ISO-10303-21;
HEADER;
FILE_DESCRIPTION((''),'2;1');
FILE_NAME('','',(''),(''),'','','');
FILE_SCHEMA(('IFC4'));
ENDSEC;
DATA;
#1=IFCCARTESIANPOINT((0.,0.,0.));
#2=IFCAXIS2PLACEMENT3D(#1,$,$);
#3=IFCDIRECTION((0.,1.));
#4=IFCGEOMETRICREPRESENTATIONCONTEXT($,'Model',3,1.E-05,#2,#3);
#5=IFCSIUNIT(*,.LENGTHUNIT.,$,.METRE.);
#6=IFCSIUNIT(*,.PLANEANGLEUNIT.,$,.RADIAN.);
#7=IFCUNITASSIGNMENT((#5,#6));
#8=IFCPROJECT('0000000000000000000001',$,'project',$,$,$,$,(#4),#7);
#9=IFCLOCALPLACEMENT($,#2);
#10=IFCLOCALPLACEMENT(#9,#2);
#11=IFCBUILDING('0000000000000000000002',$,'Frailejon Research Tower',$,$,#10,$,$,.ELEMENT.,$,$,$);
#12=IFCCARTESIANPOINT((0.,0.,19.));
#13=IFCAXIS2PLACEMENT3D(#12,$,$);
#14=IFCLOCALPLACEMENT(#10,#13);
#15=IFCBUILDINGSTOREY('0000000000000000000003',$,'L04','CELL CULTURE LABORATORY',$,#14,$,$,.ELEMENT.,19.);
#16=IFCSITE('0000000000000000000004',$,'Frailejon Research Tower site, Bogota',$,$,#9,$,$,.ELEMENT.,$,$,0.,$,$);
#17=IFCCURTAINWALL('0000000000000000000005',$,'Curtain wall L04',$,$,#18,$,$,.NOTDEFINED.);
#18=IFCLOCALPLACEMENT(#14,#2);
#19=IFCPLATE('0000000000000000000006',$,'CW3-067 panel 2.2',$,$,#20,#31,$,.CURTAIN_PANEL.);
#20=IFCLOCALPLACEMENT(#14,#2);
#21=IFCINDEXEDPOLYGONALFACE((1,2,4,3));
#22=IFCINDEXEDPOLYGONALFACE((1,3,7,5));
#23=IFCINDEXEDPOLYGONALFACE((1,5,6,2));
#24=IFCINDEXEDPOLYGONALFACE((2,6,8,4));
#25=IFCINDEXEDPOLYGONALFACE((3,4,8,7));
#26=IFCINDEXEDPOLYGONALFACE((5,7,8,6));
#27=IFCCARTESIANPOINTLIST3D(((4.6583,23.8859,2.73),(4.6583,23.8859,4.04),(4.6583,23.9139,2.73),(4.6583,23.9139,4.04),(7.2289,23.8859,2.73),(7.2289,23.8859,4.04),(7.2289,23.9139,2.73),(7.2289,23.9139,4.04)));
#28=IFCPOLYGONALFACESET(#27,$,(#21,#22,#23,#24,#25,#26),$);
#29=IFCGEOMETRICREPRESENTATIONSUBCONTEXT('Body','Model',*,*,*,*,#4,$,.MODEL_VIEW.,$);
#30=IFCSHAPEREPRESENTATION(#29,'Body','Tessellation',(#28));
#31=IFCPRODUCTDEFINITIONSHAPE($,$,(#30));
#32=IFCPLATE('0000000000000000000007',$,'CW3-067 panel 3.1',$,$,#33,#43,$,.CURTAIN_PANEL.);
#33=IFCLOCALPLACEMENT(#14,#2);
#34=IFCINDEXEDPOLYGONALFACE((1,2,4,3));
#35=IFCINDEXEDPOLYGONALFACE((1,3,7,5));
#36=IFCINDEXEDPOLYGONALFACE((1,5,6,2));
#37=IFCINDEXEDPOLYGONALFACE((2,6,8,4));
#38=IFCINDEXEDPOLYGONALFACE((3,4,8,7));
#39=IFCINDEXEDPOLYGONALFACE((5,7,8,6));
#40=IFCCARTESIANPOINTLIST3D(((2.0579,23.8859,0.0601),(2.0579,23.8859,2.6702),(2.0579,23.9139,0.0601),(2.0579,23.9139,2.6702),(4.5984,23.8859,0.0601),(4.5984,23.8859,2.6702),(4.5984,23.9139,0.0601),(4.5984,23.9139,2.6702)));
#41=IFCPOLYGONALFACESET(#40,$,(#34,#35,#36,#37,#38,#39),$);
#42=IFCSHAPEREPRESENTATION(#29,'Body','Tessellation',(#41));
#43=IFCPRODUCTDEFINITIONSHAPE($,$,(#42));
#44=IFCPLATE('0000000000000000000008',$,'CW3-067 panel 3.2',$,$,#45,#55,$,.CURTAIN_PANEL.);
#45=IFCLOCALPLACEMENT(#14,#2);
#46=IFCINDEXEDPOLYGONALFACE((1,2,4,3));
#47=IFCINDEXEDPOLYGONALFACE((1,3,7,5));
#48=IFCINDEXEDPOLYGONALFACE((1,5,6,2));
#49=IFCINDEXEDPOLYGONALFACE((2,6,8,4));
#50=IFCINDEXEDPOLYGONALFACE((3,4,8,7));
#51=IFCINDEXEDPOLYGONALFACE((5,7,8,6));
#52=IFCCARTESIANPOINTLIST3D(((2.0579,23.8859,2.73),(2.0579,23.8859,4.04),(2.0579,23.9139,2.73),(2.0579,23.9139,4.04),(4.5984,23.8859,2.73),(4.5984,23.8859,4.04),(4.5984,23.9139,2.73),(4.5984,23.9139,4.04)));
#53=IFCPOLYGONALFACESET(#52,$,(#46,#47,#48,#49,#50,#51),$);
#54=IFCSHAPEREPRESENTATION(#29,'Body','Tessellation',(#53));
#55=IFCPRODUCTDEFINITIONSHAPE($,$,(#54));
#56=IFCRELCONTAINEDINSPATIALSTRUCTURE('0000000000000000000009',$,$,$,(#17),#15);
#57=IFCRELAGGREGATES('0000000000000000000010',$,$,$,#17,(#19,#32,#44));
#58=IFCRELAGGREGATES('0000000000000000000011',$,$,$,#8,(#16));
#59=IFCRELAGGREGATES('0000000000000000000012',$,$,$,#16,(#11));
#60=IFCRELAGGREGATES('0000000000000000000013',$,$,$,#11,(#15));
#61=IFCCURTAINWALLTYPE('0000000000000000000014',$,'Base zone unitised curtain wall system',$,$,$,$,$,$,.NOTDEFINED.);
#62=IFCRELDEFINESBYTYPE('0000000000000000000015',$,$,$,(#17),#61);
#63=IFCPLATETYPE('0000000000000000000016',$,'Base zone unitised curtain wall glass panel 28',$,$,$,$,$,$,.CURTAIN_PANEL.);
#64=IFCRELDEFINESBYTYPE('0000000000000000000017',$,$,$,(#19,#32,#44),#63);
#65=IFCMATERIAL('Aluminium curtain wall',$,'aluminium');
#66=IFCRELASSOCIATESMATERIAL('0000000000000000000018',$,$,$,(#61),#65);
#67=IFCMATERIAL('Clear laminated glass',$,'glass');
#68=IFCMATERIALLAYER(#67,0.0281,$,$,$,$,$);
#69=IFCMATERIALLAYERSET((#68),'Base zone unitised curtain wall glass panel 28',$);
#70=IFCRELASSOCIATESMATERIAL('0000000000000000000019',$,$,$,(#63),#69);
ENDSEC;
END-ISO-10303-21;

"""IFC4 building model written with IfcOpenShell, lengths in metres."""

from ifc_helpers import new_model, si_unit, direction, frame, origin, origin_2d, place, context, subcontext, project, spatial, rectangle, extrude, material, layer, layer_set, type_object, element, aggregate, save


model = new_model("IFC4")

# Units and contexts
model_context = context("Model", 3, precision=1e-05, world=origin(), true_north=direction((0.0, 1.0)))
body_context = subcontext(model_context, "Body", "Model", "MODEL_VIEW")
ifc_project = project(units=[si_unit("LENGTHUNIT", "METRE"), si_unit("PLANEANGLEUNIT", "RADIAN")], contexts=[model_context])

# Site, building, storey
site_placement = place(None, origin())
site = spatial("IfcSite", under=ifc_project, at=site_placement, Name="Frailejon Research Tower site, Bogota", CompositionType="ELEMENT", RefElevation=0.0)
building_placement = place(site_placement, origin())
building = spatial("IfcBuilding", under=site, at=building_placement, Name="Frailejon Research Tower", CompositionType="ELEMENT")
storey_placement = place(building_placement, frame((0.0, 0.0, 19.0)))
storey = spatial("IfcBuildingStorey", under=building, at=storey_placement, Name="L04", Description="CELL CULTURE LABORATORY", CompositionType="ELEMENT", Elevation=19.0)

# Curtain wall
ifc_material_1 = material(Name="Aluminium curtain wall", Category="aluminium")
curtain_wall_type = type_object("IfcCurtainWallType", Name="Base zone unitised curtain wall system", PredefinedType="NOTDEFINED", material=ifc_material_1)
curtain_wall_placement = place(storey_placement, origin())
curtain_wall = element("IfcCurtainWall", 1, at=curtain_wall_placement, inside=storey, type_object=curtain_wall_type, Name="Curtain wall L04", PredefinedType="NOTDEFINED")

# Plates
ifc_material_2 = material(Name="Clear laminated glass", Category="glass")
ifc_layer_1 = layer(ifc_material_2, 0.0281)
ifc_layer_set_1 = layer_set([ifc_layer_1], Name="Base zone unitised curtain wall glass panel 28")
plate_type = type_object("IfcPlateType", Name="Base zone unitised curtain wall glass panel 28", PredefinedType="CURTAIN_PANEL", material=ifc_layer_set_1)
plate_1_placement = place(storey_placement, frame((5.9436, 23.8999, 2.73), z_axis=(0.0, 0.0, 1.0), x_axis=(-1.0, 0.0, 0.0)))
plate_1 = element("IfcPlate", 2, at=plate_1_placement, type_object=plate_type, Name="CW3-067 panel 2.2", PredefinedType="CURTAIN_PANEL", context=body_context, shape_type="SweptSolid", body=[
    extrude(rectangle(XDim=2.5706, YDim=0.0281, at=origin_2d()), origin(), (0.0, 0.0, 1.0), 1.3101),
])
plate_2_placement = place(storey_placement, frame((3.3281, 23.8999, 0.0601), z_axis=(0.0, 0.0, 1.0), x_axis=(-1.0, 0.0, 0.0)))
plate_2 = element("IfcPlate", 3, at=plate_2_placement, type_object=plate_type, Name="CW3-067 panel 3.1", PredefinedType="CURTAIN_PANEL", context=body_context, shape_type="SweptSolid", body=[
    extrude(rectangle(XDim=2.5405, YDim=0.0281, at=origin_2d()), origin(), (0.0, 0.0, 1.0), 2.6101),
])
plate_3_placement = place(storey_placement, frame((3.3281, 23.8999, 2.73), z_axis=(0.0, 0.0, 1.0), x_axis=(-1.0, 0.0, 0.0)))
plate_3 = element("IfcPlate", 4, at=plate_3_placement, type_object=plate_type, Name="CW3-067 panel 3.2", PredefinedType="CURTAIN_PANEL", context=body_context, shape_type="SweptSolid", body=[
    extrude(rectangle(XDim=2.5405, YDim=0.0281, at=origin_2d()), origin(), (0.0, 0.0, 1.0), 1.3101),
])
aggregate(curtain_wall, [plate_1, plate_2, plate_3])

save(model, "model.ifc")
